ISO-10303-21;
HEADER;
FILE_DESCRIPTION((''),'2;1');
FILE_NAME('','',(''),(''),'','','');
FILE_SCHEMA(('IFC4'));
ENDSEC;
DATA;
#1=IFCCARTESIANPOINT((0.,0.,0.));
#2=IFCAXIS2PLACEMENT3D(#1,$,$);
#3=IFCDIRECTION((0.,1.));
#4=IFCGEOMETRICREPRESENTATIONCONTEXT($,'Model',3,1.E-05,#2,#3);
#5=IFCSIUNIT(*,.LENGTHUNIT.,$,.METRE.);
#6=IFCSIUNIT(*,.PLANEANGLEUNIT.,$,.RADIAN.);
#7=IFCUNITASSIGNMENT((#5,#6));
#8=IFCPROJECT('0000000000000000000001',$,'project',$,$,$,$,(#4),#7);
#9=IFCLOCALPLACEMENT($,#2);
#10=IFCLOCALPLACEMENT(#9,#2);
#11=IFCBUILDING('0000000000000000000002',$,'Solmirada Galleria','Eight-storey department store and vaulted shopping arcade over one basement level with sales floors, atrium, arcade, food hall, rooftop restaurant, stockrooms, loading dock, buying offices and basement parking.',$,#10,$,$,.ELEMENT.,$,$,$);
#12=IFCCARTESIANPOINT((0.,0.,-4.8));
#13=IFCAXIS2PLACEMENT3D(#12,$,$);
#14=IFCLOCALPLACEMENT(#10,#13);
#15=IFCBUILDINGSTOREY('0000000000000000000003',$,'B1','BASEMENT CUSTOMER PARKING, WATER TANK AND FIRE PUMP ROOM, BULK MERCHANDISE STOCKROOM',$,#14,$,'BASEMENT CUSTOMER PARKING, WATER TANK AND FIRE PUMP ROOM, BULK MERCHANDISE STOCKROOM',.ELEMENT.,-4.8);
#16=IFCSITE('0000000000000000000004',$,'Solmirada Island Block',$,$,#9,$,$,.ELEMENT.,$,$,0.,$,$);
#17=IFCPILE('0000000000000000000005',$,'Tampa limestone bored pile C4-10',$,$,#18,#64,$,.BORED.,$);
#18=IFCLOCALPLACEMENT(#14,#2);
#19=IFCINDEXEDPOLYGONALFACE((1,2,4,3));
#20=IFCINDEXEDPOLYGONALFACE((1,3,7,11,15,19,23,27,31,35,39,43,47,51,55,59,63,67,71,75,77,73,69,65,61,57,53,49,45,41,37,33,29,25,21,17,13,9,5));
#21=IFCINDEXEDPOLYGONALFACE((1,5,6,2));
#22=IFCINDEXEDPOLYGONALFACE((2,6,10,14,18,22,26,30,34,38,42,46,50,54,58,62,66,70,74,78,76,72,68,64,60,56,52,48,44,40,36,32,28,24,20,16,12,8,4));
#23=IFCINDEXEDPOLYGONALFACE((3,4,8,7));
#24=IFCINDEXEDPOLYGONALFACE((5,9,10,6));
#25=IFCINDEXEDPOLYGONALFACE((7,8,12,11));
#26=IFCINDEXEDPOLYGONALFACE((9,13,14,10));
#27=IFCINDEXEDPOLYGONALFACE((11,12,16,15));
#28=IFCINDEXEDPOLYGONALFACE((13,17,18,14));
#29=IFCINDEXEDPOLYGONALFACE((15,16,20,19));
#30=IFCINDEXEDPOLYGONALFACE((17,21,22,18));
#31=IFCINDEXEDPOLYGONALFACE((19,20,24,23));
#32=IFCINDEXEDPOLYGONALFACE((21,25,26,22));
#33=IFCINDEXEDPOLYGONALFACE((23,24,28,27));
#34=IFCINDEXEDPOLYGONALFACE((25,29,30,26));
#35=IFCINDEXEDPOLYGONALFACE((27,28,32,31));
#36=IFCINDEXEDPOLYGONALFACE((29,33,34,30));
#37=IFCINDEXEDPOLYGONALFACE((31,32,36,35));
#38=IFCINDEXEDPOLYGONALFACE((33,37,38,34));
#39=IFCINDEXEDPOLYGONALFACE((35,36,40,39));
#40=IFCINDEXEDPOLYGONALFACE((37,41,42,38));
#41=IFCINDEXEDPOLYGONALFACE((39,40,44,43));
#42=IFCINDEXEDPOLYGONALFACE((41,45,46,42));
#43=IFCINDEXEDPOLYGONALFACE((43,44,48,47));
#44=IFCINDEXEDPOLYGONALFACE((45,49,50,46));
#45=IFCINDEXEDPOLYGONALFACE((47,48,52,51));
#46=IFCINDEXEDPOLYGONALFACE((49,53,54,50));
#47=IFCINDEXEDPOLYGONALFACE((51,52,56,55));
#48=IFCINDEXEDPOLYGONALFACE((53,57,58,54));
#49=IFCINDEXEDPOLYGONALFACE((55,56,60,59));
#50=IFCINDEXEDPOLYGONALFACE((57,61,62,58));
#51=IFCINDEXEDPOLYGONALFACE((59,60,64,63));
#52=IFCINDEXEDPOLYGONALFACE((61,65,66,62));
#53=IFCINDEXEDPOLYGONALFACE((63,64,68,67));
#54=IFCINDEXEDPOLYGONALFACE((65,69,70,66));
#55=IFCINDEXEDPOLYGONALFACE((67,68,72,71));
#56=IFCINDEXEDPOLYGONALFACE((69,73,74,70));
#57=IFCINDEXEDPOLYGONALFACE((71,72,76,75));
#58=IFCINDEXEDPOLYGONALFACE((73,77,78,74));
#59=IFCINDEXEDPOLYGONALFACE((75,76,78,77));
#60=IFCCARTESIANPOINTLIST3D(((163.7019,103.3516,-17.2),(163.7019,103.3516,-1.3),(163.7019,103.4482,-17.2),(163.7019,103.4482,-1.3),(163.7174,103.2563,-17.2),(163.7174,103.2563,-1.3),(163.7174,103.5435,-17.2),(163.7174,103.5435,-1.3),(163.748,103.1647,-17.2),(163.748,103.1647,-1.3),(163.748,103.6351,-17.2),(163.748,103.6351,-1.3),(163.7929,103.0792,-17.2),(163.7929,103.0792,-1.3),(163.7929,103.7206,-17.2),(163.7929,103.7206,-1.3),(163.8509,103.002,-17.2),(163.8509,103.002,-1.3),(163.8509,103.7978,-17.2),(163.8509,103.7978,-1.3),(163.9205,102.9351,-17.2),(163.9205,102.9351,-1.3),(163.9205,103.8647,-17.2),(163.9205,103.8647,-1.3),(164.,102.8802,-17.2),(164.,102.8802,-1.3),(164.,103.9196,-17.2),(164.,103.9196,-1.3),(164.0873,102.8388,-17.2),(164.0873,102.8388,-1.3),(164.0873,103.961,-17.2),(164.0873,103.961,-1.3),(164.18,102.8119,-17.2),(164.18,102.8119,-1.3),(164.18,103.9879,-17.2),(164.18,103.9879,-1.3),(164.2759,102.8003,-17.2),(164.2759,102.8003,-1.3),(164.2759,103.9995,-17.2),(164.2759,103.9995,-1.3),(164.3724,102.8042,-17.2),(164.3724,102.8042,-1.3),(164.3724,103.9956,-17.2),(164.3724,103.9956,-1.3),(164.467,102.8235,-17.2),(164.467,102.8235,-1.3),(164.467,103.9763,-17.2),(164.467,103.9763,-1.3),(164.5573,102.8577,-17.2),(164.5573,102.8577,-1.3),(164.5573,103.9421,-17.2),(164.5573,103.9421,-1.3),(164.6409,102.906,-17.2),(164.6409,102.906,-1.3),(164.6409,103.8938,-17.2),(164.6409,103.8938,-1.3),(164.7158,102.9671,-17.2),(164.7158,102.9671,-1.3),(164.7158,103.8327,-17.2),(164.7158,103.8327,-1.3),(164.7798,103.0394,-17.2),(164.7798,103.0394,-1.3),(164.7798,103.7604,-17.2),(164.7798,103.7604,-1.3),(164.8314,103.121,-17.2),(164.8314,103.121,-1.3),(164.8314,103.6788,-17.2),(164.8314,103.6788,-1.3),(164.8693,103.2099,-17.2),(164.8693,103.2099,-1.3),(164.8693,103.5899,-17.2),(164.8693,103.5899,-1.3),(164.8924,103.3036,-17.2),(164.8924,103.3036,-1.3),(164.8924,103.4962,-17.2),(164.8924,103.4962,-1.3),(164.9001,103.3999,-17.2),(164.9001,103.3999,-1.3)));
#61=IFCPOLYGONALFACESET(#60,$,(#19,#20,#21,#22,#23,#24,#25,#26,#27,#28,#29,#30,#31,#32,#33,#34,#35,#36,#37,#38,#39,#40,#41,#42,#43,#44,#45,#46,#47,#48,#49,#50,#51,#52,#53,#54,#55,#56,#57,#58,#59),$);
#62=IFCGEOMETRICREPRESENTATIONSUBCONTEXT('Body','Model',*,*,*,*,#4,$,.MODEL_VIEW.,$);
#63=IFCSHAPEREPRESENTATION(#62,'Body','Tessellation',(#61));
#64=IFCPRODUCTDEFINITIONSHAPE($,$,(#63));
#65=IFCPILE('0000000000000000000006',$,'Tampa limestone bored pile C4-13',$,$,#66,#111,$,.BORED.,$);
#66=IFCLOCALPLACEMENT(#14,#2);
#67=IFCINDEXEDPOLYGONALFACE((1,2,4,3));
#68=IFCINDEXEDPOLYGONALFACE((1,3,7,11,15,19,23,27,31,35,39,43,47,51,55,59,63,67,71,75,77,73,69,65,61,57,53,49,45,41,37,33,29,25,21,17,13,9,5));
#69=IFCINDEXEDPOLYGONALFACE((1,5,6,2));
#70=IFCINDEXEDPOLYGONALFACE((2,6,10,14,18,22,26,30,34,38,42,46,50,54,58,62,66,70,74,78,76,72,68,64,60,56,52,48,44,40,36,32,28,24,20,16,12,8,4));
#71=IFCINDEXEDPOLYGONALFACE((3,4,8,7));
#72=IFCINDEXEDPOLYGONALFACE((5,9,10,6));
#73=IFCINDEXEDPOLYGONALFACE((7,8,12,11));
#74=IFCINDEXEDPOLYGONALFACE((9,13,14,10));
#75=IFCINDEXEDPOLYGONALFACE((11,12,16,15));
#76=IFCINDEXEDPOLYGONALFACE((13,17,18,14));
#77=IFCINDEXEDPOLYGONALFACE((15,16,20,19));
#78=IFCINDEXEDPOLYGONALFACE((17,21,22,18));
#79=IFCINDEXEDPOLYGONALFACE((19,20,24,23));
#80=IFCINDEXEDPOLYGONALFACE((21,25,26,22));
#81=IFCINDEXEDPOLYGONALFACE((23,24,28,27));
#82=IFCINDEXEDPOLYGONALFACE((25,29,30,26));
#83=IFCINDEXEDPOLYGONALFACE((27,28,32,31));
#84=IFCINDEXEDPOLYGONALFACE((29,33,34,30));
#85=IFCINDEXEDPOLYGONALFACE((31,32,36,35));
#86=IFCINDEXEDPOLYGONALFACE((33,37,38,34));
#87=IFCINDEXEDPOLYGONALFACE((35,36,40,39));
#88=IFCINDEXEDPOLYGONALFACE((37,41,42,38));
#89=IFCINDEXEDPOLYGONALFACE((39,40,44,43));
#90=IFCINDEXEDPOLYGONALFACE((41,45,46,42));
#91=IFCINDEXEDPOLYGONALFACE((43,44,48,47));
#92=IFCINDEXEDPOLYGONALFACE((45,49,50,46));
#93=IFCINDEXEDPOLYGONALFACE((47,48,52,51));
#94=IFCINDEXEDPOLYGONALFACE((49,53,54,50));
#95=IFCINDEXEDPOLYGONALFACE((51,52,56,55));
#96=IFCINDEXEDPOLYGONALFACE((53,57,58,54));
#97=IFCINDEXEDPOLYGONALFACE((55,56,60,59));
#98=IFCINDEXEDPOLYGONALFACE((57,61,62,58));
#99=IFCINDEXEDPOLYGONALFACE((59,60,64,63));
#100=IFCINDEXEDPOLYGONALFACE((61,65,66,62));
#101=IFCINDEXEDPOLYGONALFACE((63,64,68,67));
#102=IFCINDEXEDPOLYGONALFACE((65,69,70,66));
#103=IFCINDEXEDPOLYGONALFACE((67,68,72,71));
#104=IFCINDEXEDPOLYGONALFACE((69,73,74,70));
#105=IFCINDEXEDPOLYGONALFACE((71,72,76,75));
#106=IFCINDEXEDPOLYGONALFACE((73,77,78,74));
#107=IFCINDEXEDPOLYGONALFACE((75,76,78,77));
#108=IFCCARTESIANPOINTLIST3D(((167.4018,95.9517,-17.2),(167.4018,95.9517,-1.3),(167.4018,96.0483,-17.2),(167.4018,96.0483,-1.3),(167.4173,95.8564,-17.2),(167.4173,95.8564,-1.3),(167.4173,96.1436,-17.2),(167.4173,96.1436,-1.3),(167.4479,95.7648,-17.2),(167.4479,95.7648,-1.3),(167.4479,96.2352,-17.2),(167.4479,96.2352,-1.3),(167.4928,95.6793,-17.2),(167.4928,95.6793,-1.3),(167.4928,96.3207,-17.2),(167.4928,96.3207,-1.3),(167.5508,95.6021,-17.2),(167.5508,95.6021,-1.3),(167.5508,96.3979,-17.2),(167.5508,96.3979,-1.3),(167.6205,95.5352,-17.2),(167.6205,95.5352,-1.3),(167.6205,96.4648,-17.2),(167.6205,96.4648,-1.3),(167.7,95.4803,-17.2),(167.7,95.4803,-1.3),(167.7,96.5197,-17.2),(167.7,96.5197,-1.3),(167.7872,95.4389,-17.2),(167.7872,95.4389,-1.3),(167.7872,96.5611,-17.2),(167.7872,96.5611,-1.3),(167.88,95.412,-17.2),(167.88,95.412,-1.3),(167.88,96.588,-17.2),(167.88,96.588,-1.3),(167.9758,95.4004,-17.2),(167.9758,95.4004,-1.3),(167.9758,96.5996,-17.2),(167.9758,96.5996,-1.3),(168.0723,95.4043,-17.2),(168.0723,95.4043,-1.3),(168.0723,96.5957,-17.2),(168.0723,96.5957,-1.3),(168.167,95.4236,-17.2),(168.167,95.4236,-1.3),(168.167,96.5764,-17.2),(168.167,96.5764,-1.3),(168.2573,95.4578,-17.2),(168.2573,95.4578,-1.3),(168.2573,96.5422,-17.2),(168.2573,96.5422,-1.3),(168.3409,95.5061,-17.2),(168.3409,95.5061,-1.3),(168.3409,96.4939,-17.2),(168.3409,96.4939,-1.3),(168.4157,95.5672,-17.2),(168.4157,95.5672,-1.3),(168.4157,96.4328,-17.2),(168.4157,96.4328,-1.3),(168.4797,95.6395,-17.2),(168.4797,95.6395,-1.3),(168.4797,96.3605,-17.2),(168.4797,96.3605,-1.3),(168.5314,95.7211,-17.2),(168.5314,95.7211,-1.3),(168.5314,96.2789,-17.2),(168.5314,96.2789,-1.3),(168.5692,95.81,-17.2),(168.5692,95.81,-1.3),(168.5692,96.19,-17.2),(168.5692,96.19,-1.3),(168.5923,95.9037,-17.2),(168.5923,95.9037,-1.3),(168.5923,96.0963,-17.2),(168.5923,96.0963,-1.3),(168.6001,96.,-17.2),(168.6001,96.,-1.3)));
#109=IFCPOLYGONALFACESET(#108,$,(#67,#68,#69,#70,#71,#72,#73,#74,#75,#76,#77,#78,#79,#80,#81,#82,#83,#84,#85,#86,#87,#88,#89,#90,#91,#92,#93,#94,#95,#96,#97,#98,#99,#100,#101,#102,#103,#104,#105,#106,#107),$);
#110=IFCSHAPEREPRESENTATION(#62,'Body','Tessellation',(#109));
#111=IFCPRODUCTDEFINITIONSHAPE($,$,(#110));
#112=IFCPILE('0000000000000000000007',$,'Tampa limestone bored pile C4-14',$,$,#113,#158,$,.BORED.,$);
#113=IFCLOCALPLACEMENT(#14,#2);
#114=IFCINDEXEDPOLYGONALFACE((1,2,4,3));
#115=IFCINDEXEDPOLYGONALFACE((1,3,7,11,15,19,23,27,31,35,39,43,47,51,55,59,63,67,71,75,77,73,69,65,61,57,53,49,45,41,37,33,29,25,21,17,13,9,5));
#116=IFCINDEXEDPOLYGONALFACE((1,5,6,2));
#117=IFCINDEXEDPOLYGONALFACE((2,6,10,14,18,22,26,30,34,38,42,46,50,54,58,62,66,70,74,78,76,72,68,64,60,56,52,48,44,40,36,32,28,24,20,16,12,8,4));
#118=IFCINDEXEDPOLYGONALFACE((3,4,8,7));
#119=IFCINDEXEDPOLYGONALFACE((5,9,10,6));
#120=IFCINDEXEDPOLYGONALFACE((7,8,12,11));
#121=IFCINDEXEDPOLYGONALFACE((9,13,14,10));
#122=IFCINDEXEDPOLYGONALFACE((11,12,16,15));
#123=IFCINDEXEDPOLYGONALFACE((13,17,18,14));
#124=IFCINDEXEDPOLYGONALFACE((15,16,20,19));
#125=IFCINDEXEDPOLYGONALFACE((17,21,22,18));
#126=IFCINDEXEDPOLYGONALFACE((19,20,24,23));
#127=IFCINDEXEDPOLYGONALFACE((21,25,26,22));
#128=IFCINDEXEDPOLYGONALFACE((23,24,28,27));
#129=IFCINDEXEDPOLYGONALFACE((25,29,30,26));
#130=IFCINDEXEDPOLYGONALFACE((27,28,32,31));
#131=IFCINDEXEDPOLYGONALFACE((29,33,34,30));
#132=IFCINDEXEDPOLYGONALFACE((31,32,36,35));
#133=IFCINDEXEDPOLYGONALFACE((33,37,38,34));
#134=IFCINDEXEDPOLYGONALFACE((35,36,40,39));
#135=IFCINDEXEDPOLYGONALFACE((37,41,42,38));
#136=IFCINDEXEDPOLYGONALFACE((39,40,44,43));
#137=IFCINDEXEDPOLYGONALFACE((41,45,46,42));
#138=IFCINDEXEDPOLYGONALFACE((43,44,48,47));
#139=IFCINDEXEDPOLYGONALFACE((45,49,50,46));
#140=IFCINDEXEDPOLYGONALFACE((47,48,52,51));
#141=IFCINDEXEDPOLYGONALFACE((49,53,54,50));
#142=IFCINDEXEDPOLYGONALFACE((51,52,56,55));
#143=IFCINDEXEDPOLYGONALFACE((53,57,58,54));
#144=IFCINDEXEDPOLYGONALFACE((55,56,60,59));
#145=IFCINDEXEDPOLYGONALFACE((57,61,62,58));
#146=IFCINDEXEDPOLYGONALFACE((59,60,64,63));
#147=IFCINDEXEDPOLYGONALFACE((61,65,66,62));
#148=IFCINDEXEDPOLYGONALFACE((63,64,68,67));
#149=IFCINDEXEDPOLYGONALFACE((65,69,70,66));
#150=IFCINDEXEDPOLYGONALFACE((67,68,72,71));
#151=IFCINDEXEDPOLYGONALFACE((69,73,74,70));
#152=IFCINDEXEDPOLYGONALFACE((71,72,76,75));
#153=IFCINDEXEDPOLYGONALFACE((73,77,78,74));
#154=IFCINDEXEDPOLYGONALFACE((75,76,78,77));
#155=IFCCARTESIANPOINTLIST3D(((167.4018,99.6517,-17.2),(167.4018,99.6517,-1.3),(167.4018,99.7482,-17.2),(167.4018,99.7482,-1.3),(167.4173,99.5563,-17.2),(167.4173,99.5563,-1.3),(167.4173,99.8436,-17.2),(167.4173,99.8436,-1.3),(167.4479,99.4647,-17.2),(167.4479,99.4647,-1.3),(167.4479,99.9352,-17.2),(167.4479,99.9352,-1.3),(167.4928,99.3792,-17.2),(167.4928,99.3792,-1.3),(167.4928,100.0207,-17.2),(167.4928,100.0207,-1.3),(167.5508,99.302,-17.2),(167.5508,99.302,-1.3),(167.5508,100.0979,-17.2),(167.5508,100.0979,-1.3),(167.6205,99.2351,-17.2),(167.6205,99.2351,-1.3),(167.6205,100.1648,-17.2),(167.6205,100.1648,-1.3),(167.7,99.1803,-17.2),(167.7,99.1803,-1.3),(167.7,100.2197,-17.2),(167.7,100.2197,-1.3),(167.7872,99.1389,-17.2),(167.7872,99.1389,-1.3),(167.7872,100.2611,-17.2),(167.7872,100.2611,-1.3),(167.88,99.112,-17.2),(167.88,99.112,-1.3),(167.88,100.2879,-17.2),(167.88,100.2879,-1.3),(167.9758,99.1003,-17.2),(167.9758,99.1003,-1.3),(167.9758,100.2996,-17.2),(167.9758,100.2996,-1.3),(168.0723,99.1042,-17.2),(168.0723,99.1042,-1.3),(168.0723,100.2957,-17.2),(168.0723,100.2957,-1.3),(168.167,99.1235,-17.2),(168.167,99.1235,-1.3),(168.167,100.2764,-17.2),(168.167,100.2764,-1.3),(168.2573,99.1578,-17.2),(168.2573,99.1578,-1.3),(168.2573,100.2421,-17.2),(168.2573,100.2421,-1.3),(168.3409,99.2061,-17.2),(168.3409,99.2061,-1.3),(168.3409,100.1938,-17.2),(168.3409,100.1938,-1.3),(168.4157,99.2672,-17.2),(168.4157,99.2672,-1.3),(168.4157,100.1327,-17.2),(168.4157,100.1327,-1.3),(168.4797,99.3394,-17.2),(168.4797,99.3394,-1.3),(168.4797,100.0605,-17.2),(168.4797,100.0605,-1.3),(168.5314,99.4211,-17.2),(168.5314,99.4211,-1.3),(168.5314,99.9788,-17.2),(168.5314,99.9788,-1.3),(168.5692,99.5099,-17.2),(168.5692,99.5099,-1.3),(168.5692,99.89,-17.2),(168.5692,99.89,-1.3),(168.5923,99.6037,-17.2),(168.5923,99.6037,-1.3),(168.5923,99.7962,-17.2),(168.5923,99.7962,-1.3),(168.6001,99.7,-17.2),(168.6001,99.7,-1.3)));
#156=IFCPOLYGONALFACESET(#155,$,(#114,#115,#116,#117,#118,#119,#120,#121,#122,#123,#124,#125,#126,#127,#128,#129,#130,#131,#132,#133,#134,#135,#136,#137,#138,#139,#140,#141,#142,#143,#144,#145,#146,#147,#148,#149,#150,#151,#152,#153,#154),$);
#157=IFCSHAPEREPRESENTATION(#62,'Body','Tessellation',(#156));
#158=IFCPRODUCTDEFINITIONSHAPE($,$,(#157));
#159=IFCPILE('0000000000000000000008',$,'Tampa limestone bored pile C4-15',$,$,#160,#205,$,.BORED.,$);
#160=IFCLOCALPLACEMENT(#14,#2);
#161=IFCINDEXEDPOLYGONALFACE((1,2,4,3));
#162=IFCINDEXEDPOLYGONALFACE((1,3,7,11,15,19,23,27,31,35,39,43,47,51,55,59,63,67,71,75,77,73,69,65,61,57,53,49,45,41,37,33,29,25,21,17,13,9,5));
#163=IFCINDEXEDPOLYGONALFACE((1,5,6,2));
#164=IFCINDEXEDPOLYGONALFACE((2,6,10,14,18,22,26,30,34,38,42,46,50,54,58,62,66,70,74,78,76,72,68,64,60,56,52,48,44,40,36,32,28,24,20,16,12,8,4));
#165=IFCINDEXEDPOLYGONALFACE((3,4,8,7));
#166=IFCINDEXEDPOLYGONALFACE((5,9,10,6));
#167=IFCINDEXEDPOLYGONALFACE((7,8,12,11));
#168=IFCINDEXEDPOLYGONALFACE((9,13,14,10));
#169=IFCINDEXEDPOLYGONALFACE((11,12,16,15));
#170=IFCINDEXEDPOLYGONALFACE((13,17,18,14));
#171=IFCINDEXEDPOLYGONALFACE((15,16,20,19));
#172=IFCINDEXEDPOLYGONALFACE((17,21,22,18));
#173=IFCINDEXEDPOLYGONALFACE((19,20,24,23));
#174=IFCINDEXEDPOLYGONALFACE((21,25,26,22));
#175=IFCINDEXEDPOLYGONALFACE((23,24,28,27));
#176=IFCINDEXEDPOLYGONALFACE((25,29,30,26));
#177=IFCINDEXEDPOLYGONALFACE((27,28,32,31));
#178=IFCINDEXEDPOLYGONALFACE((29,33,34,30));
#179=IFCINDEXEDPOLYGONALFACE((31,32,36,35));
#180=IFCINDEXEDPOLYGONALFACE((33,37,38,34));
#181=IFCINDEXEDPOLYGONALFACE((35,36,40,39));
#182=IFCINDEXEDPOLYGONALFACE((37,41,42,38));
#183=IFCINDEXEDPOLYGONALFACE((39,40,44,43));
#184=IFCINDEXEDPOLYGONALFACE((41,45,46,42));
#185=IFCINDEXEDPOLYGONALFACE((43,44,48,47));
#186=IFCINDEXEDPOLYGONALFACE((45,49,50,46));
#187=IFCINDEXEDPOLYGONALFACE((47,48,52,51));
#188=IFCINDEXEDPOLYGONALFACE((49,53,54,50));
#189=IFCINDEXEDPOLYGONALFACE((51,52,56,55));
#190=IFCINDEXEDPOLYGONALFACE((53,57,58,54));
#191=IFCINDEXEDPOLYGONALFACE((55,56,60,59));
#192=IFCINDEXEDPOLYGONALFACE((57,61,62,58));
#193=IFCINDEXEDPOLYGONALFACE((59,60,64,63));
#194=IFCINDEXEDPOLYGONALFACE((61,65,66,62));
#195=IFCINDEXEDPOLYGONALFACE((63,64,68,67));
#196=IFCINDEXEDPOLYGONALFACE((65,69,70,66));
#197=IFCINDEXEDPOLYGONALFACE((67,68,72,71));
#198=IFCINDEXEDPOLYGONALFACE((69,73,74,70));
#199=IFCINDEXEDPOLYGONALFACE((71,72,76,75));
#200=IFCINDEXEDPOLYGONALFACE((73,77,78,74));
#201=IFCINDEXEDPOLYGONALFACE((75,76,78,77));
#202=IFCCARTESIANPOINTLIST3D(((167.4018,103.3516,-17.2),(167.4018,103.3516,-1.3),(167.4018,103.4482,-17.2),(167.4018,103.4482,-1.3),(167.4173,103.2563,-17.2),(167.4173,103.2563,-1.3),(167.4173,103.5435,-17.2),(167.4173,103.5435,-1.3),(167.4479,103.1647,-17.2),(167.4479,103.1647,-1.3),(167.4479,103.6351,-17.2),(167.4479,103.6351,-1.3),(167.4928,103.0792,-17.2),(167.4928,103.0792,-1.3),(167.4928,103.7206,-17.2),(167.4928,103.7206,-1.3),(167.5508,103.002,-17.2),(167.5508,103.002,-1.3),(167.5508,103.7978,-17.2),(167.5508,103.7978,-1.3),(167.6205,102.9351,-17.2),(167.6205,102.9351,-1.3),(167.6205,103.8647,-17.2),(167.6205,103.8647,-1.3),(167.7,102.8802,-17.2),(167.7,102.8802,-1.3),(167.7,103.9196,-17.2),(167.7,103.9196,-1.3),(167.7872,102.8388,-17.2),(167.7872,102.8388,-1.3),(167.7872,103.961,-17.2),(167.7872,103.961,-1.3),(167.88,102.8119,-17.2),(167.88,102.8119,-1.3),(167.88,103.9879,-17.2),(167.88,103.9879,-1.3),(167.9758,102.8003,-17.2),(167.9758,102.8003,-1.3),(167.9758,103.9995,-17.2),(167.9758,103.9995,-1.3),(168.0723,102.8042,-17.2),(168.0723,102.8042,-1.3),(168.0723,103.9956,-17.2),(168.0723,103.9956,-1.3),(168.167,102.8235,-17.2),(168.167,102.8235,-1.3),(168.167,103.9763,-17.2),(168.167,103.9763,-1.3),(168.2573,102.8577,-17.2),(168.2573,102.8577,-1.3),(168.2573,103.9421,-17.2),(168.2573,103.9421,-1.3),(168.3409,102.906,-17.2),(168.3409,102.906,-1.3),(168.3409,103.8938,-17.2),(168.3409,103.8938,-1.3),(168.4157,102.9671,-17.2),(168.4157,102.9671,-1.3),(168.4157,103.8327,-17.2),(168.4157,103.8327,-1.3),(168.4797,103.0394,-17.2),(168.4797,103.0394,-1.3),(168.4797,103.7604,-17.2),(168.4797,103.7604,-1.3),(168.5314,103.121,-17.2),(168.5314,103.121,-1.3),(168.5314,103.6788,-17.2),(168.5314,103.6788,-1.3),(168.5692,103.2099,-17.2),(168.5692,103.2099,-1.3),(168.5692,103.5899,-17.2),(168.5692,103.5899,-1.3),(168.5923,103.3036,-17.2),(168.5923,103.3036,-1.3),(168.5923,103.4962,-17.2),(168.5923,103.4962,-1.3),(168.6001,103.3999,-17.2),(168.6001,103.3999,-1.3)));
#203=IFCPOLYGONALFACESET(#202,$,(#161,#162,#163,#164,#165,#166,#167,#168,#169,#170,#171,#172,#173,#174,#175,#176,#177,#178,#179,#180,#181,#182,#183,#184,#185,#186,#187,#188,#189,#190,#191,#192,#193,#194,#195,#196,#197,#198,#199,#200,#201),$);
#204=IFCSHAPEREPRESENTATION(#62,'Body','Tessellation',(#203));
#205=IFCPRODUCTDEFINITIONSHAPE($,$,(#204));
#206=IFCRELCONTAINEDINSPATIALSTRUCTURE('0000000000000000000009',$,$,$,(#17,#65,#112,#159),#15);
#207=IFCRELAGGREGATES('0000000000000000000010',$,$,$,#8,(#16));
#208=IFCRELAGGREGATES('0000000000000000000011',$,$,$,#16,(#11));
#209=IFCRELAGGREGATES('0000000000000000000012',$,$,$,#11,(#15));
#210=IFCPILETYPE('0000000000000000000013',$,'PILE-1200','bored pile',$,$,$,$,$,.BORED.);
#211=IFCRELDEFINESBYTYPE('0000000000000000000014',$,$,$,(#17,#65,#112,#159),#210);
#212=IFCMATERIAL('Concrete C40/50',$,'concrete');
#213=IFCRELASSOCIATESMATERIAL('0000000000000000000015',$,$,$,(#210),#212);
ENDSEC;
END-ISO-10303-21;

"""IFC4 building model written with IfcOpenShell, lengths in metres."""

from ifc_helpers import new_model, si_unit, direction, frame, origin, origin_2d, place, context, subcontext, project, spatial, circle, extrude, material, material_profile, profile_set, type_object, element, save


model = new_model("IFC4")

# Units and contexts
model_context = context("Model", 3, precision=1e-05, world=origin(), true_north=direction((0.0, 1.0)))
body_context = subcontext(model_context, "Body", "Model", "MODEL_VIEW")
ifc_project = project(units=[si_unit("LENGTHUNIT", "METRE"), si_unit("PLANEANGLEUNIT", "RADIAN")], contexts=[model_context])

# Site, building, storey
site_placement = place(None, origin())
site = spatial("IfcSite", under=ifc_project, at=site_placement, Name="Solmirada Island Block", CompositionType="ELEMENT", RefElevation=0.0)
building_placement = place(site_placement, origin())
building = spatial("IfcBuilding", under=site, at=building_placement, Name="Solmirada Galleria", Description="Eight-storey department store and vaulted shopping arcade over one basement level with sales floors, atrium, arcade, food hall, rooftop restaurant, stockrooms, loading dock, buying offices and basement parking.", CompositionType="ELEMENT")
storey_placement = place(building_placement, frame((0.0, 0.0, -4.8)))
storey = spatial("IfcBuildingStorey", under=building, at=storey_placement, Name="B1", Description="BASEMENT CUSTOMER PARKING, WATER TANK AND FIRE PUMP ROOM, BULK MERCHANDISE STOCKROOM", LongName="BASEMENT CUSTOMER PARKING, WATER TANK AND FIRE PUMP ROOM, BULK MERCHANDISE STOCKROOM", CompositionType="ELEMENT", Elevation=-4.8)

# Piles
ifc_material_1 = material(Name="Concrete C40/50", Category="concrete")
ifc_material_profile_1 = material_profile(ifc_material_1, circle(Radius=0.6001, at=origin_2d()), Name="PILE1200")
ifc_profile_set_1 = profile_set([ifc_material_profile_1], Name="Concrete C40/50")
pile_type = type_object("IfcPileType", Name="PILE-1200", Description="bored pile", PredefinedType="BORED", material=ifc_profile_set_1)
for number, where, z_axis, x_axis, name in (
    (1, (164.3, 103.3999, -1.3), (0.0, 0.0, -1.0), (1.0, 0.0, 0.0), "Tampa limestone bored pile C4-10"),
    (2, (168.0, 96.0, -1.3), (0.0, 0.0, -1.0), (1.0, 0.0, 0.0), "Tampa limestone bored pile C4-13"),
    (3, (168.0, 99.7, -1.3), (0.0, 0.0, -1.0), (1.0, 0.0, 0.0), "Tampa limestone bored pile C4-14"),
    (4, (168.0, 103.3999, -1.3), (0.0, 0.0, -1.0), (1.0, 0.0, 0.0), "Tampa limestone bored pile C4-15"),
):
    element("IfcPile", number, at=place(storey_placement, frame(where, z_axis=z_axis, x_axis=x_axis)), inside=storey, type_object=pile_type, Name=name, PredefinedType="BORED", context=body_context, shape_type="SweptSolid", body=[
        extrude(circle(Radius=0.6001, at=origin_2d()), origin(), (0.0, 0.0, 1.0), 15.8999),
    ])

save(model, "model.ifc")
